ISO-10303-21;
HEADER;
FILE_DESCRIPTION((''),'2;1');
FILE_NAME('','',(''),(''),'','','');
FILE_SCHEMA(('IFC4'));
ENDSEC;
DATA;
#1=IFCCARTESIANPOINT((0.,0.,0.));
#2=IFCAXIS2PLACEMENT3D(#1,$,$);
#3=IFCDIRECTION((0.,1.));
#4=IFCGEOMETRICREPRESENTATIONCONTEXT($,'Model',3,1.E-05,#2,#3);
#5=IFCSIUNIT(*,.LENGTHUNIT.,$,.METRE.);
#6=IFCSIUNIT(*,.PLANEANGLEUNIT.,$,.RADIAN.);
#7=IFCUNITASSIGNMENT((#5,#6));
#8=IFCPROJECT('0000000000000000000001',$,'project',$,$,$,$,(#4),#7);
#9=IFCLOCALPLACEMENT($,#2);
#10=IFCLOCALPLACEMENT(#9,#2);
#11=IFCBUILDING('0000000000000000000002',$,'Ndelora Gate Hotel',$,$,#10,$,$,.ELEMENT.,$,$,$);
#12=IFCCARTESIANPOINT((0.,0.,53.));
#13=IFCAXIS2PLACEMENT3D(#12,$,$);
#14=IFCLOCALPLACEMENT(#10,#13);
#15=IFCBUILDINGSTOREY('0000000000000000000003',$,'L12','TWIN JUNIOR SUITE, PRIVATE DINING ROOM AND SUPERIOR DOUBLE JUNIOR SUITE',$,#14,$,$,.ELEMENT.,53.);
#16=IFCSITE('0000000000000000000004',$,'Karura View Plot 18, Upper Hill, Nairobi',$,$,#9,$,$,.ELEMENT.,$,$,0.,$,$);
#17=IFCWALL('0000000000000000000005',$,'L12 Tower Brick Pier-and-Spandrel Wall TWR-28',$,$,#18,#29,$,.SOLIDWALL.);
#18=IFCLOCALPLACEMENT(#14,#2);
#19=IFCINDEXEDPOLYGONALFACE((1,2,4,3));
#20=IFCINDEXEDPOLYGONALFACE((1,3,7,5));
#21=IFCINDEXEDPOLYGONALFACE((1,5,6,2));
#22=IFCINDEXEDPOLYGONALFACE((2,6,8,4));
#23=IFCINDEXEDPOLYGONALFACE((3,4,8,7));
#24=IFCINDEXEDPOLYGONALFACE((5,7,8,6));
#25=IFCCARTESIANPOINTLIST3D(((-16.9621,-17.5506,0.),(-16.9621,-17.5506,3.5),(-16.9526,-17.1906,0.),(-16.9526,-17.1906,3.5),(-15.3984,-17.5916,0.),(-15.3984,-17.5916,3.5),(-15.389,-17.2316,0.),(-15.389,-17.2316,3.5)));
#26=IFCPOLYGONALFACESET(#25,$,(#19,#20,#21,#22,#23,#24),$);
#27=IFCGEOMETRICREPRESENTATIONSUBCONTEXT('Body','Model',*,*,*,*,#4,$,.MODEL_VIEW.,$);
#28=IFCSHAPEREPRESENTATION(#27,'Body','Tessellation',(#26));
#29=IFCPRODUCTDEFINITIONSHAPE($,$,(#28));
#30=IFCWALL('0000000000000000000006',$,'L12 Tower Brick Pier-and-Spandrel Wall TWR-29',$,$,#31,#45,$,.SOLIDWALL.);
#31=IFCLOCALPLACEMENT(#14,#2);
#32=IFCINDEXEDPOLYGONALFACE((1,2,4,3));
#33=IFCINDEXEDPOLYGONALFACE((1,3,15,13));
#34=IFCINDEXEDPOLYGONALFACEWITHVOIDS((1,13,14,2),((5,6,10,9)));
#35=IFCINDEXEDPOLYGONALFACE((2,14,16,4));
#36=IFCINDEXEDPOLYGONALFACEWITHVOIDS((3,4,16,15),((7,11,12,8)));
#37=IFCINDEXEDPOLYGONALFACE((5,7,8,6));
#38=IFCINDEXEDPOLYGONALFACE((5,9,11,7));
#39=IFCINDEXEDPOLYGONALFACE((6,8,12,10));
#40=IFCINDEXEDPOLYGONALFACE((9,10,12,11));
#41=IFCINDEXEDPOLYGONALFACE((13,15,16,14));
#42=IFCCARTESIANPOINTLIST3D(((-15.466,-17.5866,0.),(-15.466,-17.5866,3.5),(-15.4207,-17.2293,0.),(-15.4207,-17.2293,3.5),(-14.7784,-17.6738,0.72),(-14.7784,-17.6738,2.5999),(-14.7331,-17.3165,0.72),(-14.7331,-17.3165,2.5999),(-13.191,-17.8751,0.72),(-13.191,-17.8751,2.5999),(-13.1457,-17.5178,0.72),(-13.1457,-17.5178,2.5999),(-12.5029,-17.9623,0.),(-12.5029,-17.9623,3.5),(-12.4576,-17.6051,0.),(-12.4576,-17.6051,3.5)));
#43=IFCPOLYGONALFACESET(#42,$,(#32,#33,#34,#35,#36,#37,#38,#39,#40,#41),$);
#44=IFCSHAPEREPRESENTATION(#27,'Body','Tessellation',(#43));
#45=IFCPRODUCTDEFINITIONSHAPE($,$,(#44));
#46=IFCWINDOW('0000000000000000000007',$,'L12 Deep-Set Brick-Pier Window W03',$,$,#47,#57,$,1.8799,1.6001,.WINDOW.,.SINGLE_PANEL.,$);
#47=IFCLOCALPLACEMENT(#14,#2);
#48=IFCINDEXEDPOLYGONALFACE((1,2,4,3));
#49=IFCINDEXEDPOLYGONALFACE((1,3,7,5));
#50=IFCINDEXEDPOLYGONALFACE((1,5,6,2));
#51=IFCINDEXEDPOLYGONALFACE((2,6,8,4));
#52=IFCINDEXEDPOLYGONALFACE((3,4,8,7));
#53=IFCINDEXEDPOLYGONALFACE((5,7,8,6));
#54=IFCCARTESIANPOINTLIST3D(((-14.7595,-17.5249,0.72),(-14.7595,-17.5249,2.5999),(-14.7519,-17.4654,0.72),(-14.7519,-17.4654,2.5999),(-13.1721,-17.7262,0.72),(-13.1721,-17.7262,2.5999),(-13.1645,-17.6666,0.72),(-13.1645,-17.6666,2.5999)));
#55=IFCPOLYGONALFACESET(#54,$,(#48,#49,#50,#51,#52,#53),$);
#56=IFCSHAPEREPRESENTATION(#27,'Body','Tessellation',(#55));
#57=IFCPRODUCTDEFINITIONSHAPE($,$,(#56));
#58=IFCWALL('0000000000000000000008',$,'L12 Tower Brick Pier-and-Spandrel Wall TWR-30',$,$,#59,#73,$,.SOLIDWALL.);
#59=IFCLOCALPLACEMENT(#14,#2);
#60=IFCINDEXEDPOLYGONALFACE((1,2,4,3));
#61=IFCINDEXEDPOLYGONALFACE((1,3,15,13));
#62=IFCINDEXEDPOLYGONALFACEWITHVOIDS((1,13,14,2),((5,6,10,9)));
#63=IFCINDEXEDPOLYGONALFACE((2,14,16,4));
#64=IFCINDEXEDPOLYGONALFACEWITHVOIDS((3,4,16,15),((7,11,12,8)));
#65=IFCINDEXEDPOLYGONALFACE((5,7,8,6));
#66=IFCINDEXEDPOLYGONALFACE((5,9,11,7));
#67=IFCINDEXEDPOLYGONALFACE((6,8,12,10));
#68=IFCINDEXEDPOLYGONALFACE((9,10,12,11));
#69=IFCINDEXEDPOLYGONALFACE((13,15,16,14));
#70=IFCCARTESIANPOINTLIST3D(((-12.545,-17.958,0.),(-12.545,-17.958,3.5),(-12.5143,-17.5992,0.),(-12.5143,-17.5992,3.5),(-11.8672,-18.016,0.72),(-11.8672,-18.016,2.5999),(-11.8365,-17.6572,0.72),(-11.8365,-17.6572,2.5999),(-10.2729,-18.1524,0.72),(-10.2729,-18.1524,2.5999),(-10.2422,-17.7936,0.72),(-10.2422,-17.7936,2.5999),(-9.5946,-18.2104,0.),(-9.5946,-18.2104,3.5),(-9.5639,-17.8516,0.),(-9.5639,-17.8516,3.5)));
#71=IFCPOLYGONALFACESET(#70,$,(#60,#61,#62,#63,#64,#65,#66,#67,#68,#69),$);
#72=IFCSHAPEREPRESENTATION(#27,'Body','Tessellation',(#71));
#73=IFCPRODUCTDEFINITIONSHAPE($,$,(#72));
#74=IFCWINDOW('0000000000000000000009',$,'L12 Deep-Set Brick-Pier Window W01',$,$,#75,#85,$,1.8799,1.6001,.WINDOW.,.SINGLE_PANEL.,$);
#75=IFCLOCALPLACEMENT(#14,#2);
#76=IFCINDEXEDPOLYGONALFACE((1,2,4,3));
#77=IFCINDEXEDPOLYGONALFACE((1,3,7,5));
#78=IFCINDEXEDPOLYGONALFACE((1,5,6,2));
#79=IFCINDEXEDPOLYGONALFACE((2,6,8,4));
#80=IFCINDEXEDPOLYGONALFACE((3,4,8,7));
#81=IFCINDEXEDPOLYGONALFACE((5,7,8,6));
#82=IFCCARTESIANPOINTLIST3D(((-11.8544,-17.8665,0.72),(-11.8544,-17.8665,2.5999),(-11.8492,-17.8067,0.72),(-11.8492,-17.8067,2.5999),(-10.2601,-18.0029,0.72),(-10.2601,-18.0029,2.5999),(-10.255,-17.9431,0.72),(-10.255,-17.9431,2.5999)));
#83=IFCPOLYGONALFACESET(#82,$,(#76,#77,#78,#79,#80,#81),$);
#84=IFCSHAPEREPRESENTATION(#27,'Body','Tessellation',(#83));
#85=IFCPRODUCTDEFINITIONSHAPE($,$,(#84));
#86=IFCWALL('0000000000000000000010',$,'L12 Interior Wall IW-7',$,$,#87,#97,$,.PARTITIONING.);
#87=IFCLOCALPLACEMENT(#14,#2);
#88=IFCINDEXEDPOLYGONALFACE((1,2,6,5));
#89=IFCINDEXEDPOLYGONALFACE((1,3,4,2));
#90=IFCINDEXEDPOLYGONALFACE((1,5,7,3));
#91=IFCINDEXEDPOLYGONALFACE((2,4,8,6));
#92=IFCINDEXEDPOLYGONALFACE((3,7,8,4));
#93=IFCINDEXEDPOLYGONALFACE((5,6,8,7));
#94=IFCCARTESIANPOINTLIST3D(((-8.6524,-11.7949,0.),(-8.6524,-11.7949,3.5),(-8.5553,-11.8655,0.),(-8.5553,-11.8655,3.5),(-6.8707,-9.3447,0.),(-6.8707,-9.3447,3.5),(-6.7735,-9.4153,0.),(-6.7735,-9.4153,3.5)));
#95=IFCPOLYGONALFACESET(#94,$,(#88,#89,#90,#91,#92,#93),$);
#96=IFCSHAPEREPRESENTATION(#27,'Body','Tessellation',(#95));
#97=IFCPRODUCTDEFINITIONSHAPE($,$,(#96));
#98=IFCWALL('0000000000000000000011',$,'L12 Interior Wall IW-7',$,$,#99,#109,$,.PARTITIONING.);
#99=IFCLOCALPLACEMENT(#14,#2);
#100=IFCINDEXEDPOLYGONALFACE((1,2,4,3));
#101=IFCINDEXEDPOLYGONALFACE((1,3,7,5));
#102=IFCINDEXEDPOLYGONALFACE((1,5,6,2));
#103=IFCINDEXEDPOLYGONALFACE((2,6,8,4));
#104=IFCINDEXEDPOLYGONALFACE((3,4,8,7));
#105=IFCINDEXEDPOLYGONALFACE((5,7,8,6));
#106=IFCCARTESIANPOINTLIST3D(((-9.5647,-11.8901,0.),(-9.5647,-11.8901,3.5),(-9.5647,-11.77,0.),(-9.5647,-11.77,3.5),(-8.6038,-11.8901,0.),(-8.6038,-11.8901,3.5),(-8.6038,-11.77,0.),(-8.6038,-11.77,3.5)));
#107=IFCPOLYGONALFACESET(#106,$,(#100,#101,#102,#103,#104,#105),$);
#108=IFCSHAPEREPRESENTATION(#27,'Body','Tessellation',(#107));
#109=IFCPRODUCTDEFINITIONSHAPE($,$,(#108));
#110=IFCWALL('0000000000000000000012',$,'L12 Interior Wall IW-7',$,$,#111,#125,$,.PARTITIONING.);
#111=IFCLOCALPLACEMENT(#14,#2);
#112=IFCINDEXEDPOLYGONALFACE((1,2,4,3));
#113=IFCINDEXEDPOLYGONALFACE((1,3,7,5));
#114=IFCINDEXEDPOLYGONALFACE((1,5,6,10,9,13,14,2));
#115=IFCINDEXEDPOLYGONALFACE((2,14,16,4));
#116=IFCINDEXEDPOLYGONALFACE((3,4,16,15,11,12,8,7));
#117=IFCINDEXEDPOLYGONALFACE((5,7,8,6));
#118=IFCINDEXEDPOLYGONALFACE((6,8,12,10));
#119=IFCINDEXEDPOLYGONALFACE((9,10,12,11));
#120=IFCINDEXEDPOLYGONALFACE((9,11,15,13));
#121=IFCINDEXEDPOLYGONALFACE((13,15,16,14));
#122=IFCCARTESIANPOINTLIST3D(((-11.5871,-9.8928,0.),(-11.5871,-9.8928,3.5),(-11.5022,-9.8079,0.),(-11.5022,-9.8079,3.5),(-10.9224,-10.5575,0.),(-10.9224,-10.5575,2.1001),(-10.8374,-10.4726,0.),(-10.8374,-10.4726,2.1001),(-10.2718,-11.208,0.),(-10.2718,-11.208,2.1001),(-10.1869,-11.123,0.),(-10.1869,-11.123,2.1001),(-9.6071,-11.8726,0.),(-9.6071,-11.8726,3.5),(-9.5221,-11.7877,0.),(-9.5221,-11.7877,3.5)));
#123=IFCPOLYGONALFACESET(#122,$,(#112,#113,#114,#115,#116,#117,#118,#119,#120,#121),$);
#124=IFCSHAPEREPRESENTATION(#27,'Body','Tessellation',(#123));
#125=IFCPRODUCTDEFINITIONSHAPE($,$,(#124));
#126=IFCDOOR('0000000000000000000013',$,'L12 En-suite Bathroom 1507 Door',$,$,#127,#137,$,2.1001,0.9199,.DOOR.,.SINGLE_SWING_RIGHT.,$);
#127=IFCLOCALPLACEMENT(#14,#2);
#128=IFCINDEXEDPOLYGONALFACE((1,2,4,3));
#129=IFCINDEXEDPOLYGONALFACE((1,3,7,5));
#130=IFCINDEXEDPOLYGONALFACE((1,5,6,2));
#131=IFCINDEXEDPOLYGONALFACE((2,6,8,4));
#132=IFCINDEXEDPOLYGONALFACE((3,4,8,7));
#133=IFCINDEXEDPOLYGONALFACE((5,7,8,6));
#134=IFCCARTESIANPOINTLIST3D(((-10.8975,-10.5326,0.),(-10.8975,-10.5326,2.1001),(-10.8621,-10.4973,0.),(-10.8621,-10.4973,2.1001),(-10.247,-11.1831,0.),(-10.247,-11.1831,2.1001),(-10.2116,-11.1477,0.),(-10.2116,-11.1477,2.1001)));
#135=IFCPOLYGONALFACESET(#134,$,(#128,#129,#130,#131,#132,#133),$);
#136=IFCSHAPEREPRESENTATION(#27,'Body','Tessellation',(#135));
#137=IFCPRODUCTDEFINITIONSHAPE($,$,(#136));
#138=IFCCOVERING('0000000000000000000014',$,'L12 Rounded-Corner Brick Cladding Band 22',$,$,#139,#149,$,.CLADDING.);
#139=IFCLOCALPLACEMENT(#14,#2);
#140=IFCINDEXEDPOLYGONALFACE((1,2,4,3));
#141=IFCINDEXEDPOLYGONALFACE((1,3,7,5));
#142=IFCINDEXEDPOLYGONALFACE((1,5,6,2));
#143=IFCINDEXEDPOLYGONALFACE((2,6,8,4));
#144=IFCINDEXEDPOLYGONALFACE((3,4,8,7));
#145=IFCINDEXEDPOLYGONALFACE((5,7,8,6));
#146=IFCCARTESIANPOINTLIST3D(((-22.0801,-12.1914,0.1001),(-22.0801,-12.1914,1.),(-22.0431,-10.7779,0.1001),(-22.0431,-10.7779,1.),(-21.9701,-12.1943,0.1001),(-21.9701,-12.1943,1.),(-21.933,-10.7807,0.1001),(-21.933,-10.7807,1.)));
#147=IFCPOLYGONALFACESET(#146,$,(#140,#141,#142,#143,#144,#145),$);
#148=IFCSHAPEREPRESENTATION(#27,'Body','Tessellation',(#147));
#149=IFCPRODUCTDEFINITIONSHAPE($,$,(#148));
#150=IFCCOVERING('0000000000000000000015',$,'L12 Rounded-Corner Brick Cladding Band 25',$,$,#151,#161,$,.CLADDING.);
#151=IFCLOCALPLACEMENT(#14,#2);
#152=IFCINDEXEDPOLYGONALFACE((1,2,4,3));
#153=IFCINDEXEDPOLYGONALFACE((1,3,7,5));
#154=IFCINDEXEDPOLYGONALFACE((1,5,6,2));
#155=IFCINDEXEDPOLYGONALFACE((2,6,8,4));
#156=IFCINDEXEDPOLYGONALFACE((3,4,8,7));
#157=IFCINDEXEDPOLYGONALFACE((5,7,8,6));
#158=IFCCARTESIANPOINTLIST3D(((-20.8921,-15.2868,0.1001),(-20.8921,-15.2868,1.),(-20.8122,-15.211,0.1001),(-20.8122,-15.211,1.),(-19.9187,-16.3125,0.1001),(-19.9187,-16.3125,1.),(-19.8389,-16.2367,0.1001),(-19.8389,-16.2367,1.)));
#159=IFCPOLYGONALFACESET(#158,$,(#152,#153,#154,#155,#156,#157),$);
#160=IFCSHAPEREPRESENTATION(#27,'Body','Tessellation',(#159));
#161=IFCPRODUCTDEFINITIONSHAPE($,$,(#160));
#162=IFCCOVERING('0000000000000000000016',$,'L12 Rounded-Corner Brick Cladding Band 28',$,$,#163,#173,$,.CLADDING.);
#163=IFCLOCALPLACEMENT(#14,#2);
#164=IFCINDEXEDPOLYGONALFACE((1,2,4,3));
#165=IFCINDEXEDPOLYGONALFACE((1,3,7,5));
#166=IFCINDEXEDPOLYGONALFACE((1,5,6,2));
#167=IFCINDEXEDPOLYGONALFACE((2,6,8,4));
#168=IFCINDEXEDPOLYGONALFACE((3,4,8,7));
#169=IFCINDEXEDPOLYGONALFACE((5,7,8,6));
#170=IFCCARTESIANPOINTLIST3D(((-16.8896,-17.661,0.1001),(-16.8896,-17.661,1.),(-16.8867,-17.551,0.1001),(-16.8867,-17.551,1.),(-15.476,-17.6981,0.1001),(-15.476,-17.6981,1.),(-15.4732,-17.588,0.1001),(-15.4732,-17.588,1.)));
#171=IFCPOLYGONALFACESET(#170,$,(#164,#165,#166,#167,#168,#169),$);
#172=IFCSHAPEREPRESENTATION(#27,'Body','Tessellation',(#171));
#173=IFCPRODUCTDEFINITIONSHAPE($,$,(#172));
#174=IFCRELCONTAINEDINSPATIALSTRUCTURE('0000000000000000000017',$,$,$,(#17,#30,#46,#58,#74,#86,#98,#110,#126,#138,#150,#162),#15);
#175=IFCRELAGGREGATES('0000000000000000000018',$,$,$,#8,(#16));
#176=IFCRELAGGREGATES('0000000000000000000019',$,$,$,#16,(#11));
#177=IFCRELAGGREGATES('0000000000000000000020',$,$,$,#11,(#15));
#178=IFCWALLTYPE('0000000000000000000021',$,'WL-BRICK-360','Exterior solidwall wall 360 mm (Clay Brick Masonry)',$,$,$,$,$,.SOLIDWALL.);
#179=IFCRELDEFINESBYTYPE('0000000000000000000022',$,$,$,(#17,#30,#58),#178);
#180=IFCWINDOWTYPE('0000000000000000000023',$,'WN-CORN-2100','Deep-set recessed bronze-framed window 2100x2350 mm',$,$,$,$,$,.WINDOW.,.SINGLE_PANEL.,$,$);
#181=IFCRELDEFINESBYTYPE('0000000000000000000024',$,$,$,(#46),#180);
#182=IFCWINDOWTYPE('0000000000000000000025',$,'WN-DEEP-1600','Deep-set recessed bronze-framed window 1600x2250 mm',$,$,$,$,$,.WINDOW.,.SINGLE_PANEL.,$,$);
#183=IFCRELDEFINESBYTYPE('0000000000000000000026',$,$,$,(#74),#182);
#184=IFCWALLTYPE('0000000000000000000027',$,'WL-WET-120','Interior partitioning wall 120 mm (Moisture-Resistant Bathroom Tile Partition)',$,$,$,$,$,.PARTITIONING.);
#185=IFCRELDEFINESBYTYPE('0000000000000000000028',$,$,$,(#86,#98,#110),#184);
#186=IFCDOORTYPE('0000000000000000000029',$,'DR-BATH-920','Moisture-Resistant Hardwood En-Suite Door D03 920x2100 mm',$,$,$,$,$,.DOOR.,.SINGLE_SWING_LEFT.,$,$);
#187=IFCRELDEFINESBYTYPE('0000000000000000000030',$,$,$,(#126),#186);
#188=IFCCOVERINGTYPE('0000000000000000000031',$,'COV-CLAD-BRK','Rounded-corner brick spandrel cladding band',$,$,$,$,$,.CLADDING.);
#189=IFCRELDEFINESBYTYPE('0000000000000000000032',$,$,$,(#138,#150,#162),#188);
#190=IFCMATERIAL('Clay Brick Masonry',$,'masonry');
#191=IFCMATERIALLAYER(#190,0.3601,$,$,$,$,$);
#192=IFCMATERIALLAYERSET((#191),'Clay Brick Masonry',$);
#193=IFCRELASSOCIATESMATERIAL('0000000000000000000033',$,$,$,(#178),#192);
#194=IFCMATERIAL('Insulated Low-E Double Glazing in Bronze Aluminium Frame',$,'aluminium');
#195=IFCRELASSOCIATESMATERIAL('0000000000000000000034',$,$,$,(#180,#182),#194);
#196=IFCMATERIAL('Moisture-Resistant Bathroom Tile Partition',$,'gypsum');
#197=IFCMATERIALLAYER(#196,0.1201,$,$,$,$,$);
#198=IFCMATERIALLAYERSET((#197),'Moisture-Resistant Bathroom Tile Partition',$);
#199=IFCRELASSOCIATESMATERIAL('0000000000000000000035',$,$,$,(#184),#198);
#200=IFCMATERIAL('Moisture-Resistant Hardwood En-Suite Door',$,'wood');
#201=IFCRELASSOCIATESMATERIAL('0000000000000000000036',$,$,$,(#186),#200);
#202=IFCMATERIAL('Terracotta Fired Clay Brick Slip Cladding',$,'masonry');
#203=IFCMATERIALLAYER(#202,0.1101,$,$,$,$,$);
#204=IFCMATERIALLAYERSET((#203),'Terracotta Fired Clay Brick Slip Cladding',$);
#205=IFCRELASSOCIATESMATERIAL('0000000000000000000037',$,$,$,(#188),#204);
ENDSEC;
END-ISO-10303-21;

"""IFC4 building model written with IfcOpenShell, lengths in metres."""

from ifc_helpers import new_model, si_unit, direction, frame, frame_2d, origin, origin_2d, place, context, subcontext, project, spatial, rectangle, extrude, material, layer, layer_set, type_object, element, fill, save


model = new_model("IFC4")

# Units and contexts
model_context = context("Model", 3, precision=1e-05, world=origin(), true_north=direction((0.0, 1.0)))
body_context = subcontext(model_context, "Body", "Model", "MODEL_VIEW")
ifc_project = project(units=[si_unit("LENGTHUNIT", "METRE"), si_unit("PLANEANGLEUNIT", "RADIAN")], contexts=[model_context])

# Site, building, storey
site_placement = place(None, origin())
site = spatial("IfcSite", under=ifc_project, at=site_placement, Name="Karura View Plot 18, Upper Hill, Nairobi", CompositionType="ELEMENT", RefElevation=0.0)
building_placement = place(site_placement, origin())
building = spatial("IfcBuilding", under=site, at=building_placement, Name="Ndelora Gate Hotel", CompositionType="ELEMENT")
storey_placement = place(building_placement, frame((0.0, 0.0, 53.0)))
storey = spatial("IfcBuildingStorey", under=building, at=storey_placement, Name="L12", Description="TWIN JUNIOR SUITE, PRIVATE DINING ROOM AND SUPERIOR DOUBLE JUNIOR SUITE", CompositionType="ELEMENT", Elevation=53.0)

# Wall
ifc_material_1 = material(Name="Clay Brick Masonry", Category="masonry")
ifc_layer_1 = layer(ifc_material_1, 0.3601)
ifc_layer_set_1 = layer_set([ifc_layer_1], Name="Clay Brick Masonry")
wall_type_1 = type_object("IfcWallType", Name="WL-BRICK-360", Description="Exterior solidwall wall 360 mm (Clay Brick Masonry)", PredefinedType="SOLIDWALL", material=ifc_layer_set_1)
for number, where, z_axis, x_axis, name in (
    (1, (-15.3936, -17.4116, 0.0), (0.0, 0.0, 1.0), (-0.999656, 0.02622, 0.0), "L12 Tower Brick Pier-and-Spandrel Wall TWR-28"),
):
    element("IfcWall", number, at=place(storey_placement, frame(where, z_axis=z_axis, x_axis=x_axis)), inside=storey, type_object=wall_type_1, Name=name, PredefinedType="SOLIDWALL", context=body_context, shape_type="SweptSolid", body=[
        extrude(rectangle(XDim=1.5642, YDim=0.3601, at=frame_2d((0.7822, 0.0))), origin(), (0.0, 0.0, 1.0), 3.5),
    ])

# Walls, openings, windows
wall_1_placement = place(storey_placement, frame((-12.4802, -17.7837, 0.0), z_axis=(0.0, 0.0, 1.0), x_axis=(-0.992056, 0.125795, 0.0)))
wall_1 = element("IfcWall", 2, at=wall_1_placement, inside=storey, type_object=wall_type_1, Name="L12 Tower Brick Pier-and-Spandrel Wall TWR-29", PredefinedType="SOLIDWALL", context=body_context, shape_type="SweptSolid", body=[
    extrude(rectangle(XDim=2.9868, YDim=0.3601, at=frame_2d((1.4934, 0.0))), origin(), (0.0, 0.0, 1.0), 3.5),
])
opening_1_placement = place(wall_1_placement, frame((0.6936, 0.0, 0.72)))
opening_1 = element("IfcOpeningElement", 3, at=opening_1_placement, cuts=wall_1, PredefinedType="OPENING", context=body_context, shape_type="SweptSolid", body=[
    extrude(rectangle(XDim=1.6001, YDim=1.8799, at=frame_2d((0.8, 0.9399))), frame((0.0, 0.1899, 0.0), z_axis=(0.0, -1.0, 0.0), x_axis=(1.0, 0.0, 0.0)), (0.0, 0.0, 1.0), 0.3801),
])
ifc_material_2 = material(Name="Insulated Low-E Double Glazing in Bronze Aluminium Frame", Category="aluminium")
window_type_1 = type_object("IfcWindowType", Name="WN-CORN-2100", Description="Deep-set recessed bronze-framed window 2100x2350 mm", PartitioningType="SINGLE_PANEL", PredefinedType="WINDOW", material=ifc_material_2)
window_1_placement = place(opening_1_placement, origin())
window_1 = element("IfcWindow", 4, at=window_1_placement, inside=storey, type_object=window_type_1, Name="L12 Deep-Set Brick-Pier Window W03", OverallHeight=1.8799, OverallWidth=1.6001, PartitioningType="SINGLE_PANEL", PredefinedType="WINDOW", context=body_context, shape_type="SweptSolid", body=[
    extrude(rectangle(XDim=1.6001, YDim=1.8799, at=frame_2d((0.8, 0.9399))), frame((0.0, 0.03, 0.0), z_axis=(0.0, -1.0, 0.0), x_axis=(1.0, 0.0, 0.0)), (0.0, 0.0, 1.0), 0.0601),
])
fill(opening_1, window_1)
wall_2_placement = place(storey_placement, frame((-9.5793, -18.031, 0.0), z_axis=(0.0, 0.0, 1.0), x_axis=(-0.99636, 0.085249, 0.0)))
wall_2 = element("IfcWall", 5, at=wall_2_placement, inside=storey, type_object=wall_type_1, Name="L12 Tower Brick Pier-and-Spandrel Wall TWR-30", PredefinedType="SOLIDWALL", context=body_context, shape_type="SweptSolid", body=[
    extrude(rectangle(XDim=2.9612, YDim=0.3601, at=frame_2d((1.4805, 0.0))), origin(), (0.0, 0.0, 1.0), 3.5),
])
opening_2_placement = place(wall_2_placement, frame((0.6807, 0.0, 0.72)))
opening_2 = element("IfcOpeningElement", 6, at=opening_2_placement, cuts=wall_2, PredefinedType="OPENING", context=body_context, shape_type="SweptSolid", body=[
    extrude(rectangle(XDim=1.6001, YDim=1.8799, at=frame_2d((0.8, 0.9399))), frame((0.0, 0.1899, 0.0), z_axis=(0.0, -1.0, 0.0), x_axis=(1.0, 0.0, 0.0)), (0.0, 0.0, 1.0), 0.3801),
])
window_type_2 = type_object("IfcWindowType", Name="WN-DEEP-1600", Description="Deep-set recessed bronze-framed window 1600x2250 mm", PartitioningType="SINGLE_PANEL", PredefinedType="WINDOW", material=ifc_material_2)
window_2_placement = place(opening_2_placement, origin())
window_2 = element("IfcWindow", 7, at=window_2_placement, inside=storey, type_object=window_type_2, Name="L12 Deep-Set Brick-Pier Window W01", OverallHeight=1.8799, OverallWidth=1.6001, PartitioningType="SINGLE_PANEL", PredefinedType="WINDOW", context=body_context, shape_type="SweptSolid", body=[
    extrude(rectangle(XDim=1.6001, YDim=1.8799, at=frame_2d((0.8, 0.9399))), frame((0.0, 0.03, 0.0), z_axis=(0.0, -1.0, 0.0), x_axis=(1.0, 0.0, 0.0)), (0.0, 0.0, 1.0), 0.0601),
])
fill(opening_2, window_2)

# Walls
ifc_material_3 = material(Name="Moisture-Resistant Bathroom Tile Partition", Category="gypsum")
ifc_layer_2 = layer(ifc_material_3, 0.1201)
ifc_layer_set_2 = layer_set([ifc_layer_2], Name="Moisture-Resistant Bathroom Tile Partition")
wall_type_2 = type_object("IfcWallType", Name="WL-WET-120", Description="Interior partitioning wall 120 mm (Moisture-Resistant Bathroom Tile Partition)", PredefinedType="PARTITIONING", material=ifc_layer_set_2)
wall_3_placement = place(storey_placement, frame((-8.6038, -11.8301, 0.0), z_axis=(0.0, 0.0, 1.0), x_axis=(0.588124, 0.808771, 0.0)))
element("IfcWall", 8, at=wall_3_placement, inside=storey, type_object=wall_type_2, Name="L12 Interior Wall IW-7", PredefinedType="PARTITIONING", context=body_context, shape_type="SweptSolid", body=[
    extrude(rectangle(XDim=3.0295, YDim=0.1201, at=frame_2d((1.5146, 0.0))), origin(), (0.0, 0.0, 1.0), 3.5),
])
wall_4_placement = place(storey_placement, frame((-8.6038, -11.8301, 0.0), z_axis=(0.0, 0.0, 1.0), x_axis=(-1.0, 0.0, 0.0)))
element("IfcWall", 9, at=wall_4_placement, inside=storey, type_object=wall_type_2, Name="L12 Interior Wall IW-7", PredefinedType="PARTITIONING", context=body_context, shape_type="SweptSolid", body=[
    extrude(rectangle(XDim=0.9609, YDim=0.1201, at=frame_2d((0.4805, 0.0))), origin(), (0.0, 0.0, 1.0), 3.5),
])

# Wall, opening, door
wall_5_placement = place(storey_placement, frame((-9.5647, -11.8301, 0.0), z_axis=(0.0, 0.0, 1.0), x_axis=(-0.70715, 0.707063, 0.0)))
wall_5 = element("IfcWall", 10, at=wall_5_placement, inside=storey, type_object=wall_type_2, Name="L12 Interior Wall IW-7", PredefinedType="PARTITIONING", context=body_context, shape_type="SweptSolid", body=[
    extrude(rectangle(XDim=2.8, YDim=0.1201, at=frame_2d((1.3999, 0.0))), origin(), (0.0, 0.0, 1.0), 3.5),
])
opening_3_placement = place(wall_5_placement, frame((0.9399, 0.0, 0.0)))
opening_3 = element("IfcOpeningElement", 11, at=opening_3_placement, cuts=wall_5, PredefinedType="OPENING", context=body_context, shape_type="SweptSolid", body=[
    extrude(rectangle(XDim=0.9199, YDim=2.1001, at=frame_2d((0.46, 1.05))), frame((0.0, 0.0701, 0.0), z_axis=(0.0, -1.0, 0.0), x_axis=(1.0, 0.0, 0.0)), (0.0, 0.0, 1.0), 0.1401),
])
ifc_material_4 = material(Name="Moisture-Resistant Hardwood En-Suite Door", Category="wood")
door_type = type_object("IfcDoorType", Name="DR-BATH-920", Description="Moisture-Resistant Hardwood En-Suite Door D03 920x2100 mm", OperationType="SINGLE_SWING_LEFT", PredefinedType="DOOR", material=ifc_material_4)
door_placement = place(opening_3_placement, origin())
door = element("IfcDoor", 12, at=door_placement, inside=storey, type_object=door_type, Name="L12 En-suite Bathroom 1507 Door", OperationType="SINGLE_SWING_RIGHT", OverallHeight=2.1001, OverallWidth=0.9199, PredefinedType="DOOR", context=body_context, shape_type="SweptSolid", body=[
    extrude(rectangle(XDim=0.9199, YDim=2.1001, at=frame_2d((0.46, 1.05))), frame((0.0, 0.0249, 0.0), z_axis=(0.0, -1.0, 0.0), x_axis=(1.0, 0.0, 0.0)), (0.0, 0.0, 1.0), 0.05),
])
fill(opening_3, door)

# Coverings
ifc_material_5 = material(Name="Terracotta Fired Clay Brick Slip Cladding", Category="masonry")
ifc_layer_3 = layer(ifc_material_5, 0.1101)
ifc_layer_set_3 = layer_set([ifc_layer_3], Name="Terracotta Fired Clay Brick Slip Cladding")
covering_type_1 = type_object("IfcCoveringType", Name="COV-CLAD-BRK", Description="Rounded-corner brick spandrel cladding band", PredefinedType="CLADDING", material=ifc_layer_set_3)
for number, where, z_axis, x_axis, name in (
    (13, (-22.0066, -11.4861, 0.1001), (0.0, 0.0, 1.0), (0.026177, 0.999657, 0.0), "L12 Rounded-Corner Brick Cladding Band 22"),
    (14, (-20.3655, -15.7617, 0.1001), (0.0, 0.0, 1.0), (-0.688355, 0.725374, 0.0), "L12 Rounded-Corner Brick Cladding Band 25"),
    (15, (-16.1814, -17.6245, 0.1001), (0.0, 0.0, 1.0), (-0.999657, 0.026177, 0.0), "L12 Rounded-Corner Brick Cladding Band 28"),
):
    element("IfcCovering", number, at=place(storey_placement, frame(where, z_axis=z_axis, x_axis=x_axis)), inside=storey, type_object=covering_type_1, Name=name, PredefinedType="CLADDING", context=body_context, shape_type="SweptSolid", body=[
        extrude(rectangle(XDim=1.4141, YDim=0.1101, at=origin_2d()), origin(), (0.0, 0.0, 1.0), 0.8999),
    ])

save(model, "model.ifc")
